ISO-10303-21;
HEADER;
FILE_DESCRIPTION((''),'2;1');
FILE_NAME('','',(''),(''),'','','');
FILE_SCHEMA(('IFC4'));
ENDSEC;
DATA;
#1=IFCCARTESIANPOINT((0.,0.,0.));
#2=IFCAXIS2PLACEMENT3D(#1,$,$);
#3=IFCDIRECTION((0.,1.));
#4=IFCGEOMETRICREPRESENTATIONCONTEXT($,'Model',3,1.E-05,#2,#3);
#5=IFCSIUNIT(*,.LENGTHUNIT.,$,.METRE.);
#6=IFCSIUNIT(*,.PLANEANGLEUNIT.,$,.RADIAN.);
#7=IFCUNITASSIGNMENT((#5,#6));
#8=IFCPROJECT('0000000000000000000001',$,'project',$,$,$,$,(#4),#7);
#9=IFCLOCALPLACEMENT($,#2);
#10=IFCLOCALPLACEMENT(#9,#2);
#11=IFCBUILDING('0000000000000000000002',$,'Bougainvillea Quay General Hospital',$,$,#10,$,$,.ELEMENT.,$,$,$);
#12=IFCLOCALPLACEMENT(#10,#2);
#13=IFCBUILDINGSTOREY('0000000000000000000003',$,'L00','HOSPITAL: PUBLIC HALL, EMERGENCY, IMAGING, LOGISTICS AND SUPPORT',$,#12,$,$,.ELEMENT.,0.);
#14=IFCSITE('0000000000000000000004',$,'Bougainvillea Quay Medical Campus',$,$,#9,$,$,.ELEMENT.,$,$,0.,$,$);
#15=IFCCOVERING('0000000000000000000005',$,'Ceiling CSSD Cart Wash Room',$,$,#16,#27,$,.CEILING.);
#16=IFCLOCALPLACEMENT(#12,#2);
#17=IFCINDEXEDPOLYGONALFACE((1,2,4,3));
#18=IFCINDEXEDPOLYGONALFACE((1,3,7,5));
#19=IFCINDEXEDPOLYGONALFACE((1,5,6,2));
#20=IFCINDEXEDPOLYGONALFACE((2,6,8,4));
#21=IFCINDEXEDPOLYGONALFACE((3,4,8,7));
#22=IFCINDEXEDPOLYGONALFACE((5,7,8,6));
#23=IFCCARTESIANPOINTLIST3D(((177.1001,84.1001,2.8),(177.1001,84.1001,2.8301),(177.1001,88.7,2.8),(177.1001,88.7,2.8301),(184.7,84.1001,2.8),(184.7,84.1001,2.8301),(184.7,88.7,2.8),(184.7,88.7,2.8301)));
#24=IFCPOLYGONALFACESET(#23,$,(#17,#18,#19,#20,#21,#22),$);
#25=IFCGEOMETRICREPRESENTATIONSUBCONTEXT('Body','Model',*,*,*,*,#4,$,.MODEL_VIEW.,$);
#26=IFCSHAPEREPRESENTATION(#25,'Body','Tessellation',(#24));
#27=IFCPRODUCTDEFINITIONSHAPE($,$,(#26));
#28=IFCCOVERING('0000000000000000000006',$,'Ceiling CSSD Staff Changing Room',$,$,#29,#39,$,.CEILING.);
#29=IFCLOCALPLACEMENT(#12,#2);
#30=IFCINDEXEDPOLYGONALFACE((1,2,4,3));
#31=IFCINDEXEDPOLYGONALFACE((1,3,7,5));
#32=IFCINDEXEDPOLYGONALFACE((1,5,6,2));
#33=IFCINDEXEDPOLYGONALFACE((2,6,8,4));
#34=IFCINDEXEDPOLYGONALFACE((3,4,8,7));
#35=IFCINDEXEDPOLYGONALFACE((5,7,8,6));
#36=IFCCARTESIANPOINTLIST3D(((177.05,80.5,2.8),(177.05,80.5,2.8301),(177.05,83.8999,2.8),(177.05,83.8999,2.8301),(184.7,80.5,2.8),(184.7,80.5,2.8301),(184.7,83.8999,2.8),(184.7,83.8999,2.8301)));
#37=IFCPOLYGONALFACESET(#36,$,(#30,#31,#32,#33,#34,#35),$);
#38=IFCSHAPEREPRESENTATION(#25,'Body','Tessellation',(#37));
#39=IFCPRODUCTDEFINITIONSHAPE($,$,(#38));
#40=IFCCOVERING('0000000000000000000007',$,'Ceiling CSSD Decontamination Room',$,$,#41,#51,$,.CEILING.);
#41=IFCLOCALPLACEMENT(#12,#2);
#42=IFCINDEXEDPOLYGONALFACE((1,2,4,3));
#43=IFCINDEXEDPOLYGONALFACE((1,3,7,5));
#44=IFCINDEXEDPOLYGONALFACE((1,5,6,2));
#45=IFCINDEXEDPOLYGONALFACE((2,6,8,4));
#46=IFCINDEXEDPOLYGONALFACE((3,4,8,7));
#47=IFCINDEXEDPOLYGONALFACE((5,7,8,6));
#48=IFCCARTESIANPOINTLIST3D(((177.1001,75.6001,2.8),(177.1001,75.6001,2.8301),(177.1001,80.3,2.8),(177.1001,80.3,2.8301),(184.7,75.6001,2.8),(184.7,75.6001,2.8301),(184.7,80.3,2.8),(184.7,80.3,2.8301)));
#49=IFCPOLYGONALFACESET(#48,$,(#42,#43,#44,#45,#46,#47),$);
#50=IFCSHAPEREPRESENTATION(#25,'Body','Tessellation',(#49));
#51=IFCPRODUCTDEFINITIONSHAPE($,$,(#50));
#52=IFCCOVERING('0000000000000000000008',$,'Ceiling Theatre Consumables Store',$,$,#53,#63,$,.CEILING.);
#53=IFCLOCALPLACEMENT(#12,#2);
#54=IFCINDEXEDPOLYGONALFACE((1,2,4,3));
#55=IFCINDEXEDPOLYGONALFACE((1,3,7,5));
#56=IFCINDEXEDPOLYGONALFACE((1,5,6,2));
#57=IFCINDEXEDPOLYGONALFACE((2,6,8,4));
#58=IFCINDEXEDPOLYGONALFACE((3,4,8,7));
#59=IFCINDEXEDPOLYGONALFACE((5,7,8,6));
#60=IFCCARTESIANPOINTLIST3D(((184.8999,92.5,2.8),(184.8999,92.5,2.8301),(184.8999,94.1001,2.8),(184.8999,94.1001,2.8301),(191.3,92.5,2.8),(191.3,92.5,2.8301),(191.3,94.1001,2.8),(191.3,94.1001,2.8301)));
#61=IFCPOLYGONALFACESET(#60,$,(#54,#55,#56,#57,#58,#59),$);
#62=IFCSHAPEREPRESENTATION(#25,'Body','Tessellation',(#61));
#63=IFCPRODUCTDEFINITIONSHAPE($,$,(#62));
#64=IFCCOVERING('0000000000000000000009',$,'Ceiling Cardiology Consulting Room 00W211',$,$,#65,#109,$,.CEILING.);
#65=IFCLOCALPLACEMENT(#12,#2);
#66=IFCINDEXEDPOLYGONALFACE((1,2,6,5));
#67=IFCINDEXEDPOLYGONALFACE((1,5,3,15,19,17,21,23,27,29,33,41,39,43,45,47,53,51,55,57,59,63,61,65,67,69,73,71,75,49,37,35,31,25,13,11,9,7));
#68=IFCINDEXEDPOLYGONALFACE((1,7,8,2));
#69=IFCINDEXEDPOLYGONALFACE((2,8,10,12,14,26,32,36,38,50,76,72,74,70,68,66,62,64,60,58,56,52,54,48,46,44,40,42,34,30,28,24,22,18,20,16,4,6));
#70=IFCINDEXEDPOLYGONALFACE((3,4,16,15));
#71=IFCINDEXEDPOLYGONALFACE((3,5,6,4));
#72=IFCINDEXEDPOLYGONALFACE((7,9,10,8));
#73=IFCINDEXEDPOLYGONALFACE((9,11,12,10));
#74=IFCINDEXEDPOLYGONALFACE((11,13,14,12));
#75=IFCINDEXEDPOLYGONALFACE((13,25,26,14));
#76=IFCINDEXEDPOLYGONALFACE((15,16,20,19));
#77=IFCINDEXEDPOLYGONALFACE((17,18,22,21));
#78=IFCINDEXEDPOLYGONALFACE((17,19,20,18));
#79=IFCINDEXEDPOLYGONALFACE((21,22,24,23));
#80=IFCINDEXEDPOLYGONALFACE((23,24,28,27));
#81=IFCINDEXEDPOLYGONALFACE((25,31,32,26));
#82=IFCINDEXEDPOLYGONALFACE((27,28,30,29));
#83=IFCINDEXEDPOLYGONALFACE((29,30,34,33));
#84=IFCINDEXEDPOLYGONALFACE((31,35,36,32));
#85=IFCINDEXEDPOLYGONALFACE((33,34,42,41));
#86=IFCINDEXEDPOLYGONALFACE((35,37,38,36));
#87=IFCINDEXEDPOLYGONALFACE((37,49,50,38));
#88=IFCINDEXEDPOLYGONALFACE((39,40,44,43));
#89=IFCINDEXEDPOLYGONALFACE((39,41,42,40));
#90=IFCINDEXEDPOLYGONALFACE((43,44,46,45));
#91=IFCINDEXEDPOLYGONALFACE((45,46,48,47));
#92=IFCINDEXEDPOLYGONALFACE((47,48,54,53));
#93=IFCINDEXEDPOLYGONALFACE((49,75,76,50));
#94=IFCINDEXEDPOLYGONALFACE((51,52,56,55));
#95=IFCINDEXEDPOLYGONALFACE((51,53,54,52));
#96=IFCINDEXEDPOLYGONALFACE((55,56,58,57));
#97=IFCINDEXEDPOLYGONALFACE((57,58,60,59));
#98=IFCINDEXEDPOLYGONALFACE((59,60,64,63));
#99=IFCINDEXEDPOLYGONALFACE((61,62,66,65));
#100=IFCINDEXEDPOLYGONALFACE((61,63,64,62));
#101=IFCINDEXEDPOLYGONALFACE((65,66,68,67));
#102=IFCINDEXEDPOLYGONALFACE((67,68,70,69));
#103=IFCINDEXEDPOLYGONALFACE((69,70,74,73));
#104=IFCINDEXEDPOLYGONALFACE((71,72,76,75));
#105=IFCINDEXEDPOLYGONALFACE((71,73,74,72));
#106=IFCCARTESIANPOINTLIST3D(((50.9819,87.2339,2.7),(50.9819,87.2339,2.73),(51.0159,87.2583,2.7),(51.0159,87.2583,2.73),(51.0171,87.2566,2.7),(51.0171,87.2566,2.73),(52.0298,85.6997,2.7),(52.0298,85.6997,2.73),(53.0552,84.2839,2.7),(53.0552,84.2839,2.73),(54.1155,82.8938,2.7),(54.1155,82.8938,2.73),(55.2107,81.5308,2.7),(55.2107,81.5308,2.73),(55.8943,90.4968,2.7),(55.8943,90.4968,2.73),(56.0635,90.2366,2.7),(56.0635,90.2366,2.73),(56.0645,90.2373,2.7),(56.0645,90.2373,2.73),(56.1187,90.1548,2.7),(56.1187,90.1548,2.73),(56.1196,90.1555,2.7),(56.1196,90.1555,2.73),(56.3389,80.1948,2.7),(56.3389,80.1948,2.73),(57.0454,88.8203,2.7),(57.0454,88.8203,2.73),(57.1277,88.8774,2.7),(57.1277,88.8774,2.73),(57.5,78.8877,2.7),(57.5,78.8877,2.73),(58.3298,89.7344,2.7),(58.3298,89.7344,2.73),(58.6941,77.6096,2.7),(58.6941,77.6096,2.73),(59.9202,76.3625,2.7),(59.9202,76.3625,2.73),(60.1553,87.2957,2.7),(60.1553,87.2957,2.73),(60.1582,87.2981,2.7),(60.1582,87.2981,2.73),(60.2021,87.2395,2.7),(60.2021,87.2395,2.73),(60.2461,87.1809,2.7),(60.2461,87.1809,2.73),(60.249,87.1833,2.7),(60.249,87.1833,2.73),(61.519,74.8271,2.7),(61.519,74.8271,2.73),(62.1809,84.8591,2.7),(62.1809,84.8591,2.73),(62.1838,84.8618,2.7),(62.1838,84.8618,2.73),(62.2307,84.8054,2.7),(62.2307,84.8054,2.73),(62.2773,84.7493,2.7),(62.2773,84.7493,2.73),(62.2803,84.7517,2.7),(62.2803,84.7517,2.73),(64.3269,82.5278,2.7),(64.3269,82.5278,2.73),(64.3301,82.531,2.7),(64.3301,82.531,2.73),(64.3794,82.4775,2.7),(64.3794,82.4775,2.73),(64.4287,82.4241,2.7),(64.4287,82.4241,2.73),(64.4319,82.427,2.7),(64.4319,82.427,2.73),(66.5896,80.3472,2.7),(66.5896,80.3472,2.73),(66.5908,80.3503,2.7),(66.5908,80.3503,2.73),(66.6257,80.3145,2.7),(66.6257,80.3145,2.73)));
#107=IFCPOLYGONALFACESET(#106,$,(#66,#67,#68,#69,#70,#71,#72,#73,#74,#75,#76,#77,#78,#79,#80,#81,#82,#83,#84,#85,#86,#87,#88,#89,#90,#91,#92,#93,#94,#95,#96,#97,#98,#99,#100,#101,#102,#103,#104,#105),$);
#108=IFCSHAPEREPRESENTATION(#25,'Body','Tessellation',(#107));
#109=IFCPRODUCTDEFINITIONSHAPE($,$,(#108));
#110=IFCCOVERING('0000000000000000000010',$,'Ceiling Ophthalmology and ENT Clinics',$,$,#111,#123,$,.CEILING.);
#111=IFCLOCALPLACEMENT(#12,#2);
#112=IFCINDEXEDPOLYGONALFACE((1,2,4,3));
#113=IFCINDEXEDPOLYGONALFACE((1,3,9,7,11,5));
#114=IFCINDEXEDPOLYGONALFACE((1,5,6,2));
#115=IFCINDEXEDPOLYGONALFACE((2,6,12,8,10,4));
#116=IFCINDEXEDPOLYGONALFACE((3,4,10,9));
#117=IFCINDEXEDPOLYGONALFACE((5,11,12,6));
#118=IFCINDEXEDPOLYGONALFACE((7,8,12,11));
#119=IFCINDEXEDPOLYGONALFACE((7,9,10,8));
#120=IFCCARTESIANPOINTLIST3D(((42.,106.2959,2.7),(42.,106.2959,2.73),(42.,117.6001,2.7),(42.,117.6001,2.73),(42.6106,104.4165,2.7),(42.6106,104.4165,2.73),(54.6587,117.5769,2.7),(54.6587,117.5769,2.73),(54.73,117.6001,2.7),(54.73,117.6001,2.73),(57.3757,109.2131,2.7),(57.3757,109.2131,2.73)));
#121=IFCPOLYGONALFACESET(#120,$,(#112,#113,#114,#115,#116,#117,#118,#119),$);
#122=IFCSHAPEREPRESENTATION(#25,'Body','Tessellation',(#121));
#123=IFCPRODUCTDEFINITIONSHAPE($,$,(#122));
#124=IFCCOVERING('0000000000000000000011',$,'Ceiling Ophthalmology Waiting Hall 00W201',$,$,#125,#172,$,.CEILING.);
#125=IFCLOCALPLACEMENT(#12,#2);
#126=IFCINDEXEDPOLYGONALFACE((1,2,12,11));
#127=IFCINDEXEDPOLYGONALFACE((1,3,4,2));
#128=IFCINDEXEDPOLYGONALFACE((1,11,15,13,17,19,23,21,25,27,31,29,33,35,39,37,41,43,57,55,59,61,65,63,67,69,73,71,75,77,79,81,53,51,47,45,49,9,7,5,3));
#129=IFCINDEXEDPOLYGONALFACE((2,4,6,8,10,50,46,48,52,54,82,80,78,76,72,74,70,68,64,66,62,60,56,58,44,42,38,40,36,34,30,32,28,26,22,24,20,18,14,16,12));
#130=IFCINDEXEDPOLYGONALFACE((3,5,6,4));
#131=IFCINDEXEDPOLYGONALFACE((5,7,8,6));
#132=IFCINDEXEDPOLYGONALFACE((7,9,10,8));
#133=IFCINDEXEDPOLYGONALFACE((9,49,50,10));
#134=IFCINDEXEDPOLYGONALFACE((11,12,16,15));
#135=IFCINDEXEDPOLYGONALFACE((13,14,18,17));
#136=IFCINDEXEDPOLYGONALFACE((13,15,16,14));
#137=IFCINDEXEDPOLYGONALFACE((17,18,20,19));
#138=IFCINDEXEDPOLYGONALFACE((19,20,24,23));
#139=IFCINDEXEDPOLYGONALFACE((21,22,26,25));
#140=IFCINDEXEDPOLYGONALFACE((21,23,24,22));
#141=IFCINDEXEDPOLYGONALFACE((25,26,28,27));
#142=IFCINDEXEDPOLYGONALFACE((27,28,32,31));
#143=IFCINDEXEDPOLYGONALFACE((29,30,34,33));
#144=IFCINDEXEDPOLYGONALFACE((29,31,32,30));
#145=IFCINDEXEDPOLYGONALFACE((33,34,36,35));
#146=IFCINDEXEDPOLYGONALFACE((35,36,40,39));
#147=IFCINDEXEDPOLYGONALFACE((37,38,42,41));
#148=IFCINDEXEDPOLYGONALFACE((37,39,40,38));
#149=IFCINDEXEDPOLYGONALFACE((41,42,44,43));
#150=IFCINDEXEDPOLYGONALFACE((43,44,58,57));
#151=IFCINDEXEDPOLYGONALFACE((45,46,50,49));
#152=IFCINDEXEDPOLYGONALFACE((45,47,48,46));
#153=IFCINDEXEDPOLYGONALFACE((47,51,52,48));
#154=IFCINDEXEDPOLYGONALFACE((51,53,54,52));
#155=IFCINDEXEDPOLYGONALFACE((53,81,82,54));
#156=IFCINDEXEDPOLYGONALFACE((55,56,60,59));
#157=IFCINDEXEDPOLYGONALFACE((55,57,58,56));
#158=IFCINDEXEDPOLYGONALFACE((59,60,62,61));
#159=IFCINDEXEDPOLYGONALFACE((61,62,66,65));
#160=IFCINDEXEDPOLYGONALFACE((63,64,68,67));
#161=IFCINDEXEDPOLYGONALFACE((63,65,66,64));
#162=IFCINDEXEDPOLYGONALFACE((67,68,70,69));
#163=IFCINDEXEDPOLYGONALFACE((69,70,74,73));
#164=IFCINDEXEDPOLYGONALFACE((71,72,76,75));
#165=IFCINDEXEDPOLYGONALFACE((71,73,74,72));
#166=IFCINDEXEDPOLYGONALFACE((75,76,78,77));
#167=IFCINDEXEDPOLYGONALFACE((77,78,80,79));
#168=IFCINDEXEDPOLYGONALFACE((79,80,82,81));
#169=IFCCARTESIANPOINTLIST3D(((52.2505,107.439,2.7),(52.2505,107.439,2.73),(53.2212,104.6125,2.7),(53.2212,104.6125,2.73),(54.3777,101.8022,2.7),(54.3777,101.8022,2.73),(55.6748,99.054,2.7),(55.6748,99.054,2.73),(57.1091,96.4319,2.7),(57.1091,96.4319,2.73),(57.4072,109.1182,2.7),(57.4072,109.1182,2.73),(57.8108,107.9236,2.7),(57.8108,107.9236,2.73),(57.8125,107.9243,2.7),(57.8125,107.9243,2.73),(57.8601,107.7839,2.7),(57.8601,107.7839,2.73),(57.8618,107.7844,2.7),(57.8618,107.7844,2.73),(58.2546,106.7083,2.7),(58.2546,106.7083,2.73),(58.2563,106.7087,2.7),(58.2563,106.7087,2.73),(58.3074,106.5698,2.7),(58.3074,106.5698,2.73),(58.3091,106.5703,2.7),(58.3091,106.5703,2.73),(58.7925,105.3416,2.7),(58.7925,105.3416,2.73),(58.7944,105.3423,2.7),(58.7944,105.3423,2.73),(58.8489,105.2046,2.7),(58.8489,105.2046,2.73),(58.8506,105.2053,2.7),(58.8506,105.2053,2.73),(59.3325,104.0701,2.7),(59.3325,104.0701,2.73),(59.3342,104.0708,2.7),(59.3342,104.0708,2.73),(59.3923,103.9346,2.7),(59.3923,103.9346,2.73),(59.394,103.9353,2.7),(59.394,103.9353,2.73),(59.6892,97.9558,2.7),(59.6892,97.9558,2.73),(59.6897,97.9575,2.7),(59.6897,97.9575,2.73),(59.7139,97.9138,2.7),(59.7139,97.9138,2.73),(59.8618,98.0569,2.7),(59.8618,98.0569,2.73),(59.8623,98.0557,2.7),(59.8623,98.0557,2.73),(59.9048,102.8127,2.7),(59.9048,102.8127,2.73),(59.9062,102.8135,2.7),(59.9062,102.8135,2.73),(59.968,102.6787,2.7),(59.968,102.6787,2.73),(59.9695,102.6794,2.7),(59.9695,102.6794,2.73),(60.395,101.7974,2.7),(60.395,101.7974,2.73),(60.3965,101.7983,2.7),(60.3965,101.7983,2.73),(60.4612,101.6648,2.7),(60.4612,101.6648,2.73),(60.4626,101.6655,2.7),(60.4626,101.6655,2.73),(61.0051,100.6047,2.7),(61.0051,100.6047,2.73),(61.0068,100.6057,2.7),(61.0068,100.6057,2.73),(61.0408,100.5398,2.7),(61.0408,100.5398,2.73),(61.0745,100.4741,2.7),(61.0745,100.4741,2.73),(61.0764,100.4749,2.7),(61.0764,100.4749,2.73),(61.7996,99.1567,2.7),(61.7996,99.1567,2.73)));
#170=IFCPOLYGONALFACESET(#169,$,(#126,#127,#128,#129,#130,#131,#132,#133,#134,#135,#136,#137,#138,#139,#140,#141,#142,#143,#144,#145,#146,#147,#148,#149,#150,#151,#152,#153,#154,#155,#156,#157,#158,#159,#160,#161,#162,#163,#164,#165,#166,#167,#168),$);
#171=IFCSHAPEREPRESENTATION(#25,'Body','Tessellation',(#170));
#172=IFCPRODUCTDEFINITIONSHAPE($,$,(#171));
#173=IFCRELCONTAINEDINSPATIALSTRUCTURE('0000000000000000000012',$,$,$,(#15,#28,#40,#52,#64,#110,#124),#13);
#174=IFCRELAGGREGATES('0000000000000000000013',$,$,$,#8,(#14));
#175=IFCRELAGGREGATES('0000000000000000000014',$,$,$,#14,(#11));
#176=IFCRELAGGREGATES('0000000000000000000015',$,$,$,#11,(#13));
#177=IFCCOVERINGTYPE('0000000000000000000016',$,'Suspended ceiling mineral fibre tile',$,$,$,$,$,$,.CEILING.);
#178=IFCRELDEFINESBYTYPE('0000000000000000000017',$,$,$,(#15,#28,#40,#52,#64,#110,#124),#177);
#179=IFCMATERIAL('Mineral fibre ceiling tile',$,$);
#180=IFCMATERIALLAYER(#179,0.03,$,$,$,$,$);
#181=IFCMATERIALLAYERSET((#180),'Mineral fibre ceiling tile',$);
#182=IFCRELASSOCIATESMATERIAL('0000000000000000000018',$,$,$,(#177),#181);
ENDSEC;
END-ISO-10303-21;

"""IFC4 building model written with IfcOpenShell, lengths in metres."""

from ifc_helpers import new_model, si_unit, direction, frame, origin, place, context, subcontext, project, spatial, polyline, outline, extrude, material, layer, layer_set, type_object, element, save


model = new_model("IFC4")

# Units and contexts
model_context = context("Model", 3, precision=1e-05, world=origin(), true_north=direction((0.0, 1.0)))
body_context = subcontext(model_context, "Body", "Model", "MODEL_VIEW")
ifc_project = project(units=[si_unit("LENGTHUNIT", "METRE"), si_unit("PLANEANGLEUNIT", "RADIAN")], contexts=[model_context])

# Site, building, storey
site_placement = place(None, origin())
site = spatial("IfcSite", under=ifc_project, at=site_placement, Name="Bougainvillea Quay Medical Campus", CompositionType="ELEMENT", RefElevation=0.0)
building_placement = place(site_placement, origin())
building = spatial("IfcBuilding", under=site, at=building_placement, Name="Bougainvillea Quay General Hospital", CompositionType="ELEMENT")
storey_placement = place(building_placement, origin())
storey = spatial("IfcBuildingStorey", under=building, at=storey_placement, Name="L00", Description="HOSPITAL: PUBLIC HALL, EMERGENCY, IMAGING, LOGISTICS AND SUPPORT", CompositionType="ELEMENT", Elevation=0.0)

# Coverings
ifc_material = material(Name="Mineral fibre ceiling tile")
ifc_layer = layer(ifc_material, 0.03)
ifc_layer_set = layer_set([ifc_layer], Name="Mineral fibre ceiling tile")
covering_type = type_object("IfcCoveringType", Name="Suspended ceiling mineral fibre tile", PredefinedType="CEILING", material=ifc_layer_set)
covering_1_placement = place(storey_placement, frame((0.0, 0.0, 2.8)))
element("IfcCovering", 1, at=covering_1_placement, inside=storey, type_object=covering_type, Name="Ceiling CSSD Cart Wash Room", PredefinedType="CEILING", context=body_context, shape_type="SweptSolid", body=[
    extrude(outline(polyline([(184.7, 84.1001), (184.7, 88.7), (177.1001, 88.7), (177.1001, 84.1001), (184.7, 84.1001)])), origin(), (0.0, 0.0, 1.0), 0.03),
])
covering_2_placement = place(storey_placement, frame((0.0, 0.0, 2.8)))
element("IfcCovering", 2, at=covering_2_placement, inside=storey, type_object=covering_type, Name="Ceiling CSSD Staff Changing Room", PredefinedType="CEILING", context=body_context, shape_type="SweptSolid", body=[
    extrude(outline(polyline([(177.05, 80.5), (184.7, 80.5), (184.7, 83.8999), (177.05, 83.8999), (177.05, 80.5)])), origin(), (0.0, 0.0, 1.0), 0.03),
])
covering_3_placement = place(storey_placement, frame((0.0, 0.0, 2.8)))
element("IfcCovering", 3, at=covering_3_placement, inside=storey, type_object=covering_type, Name="Ceiling CSSD Decontamination Room", PredefinedType="CEILING", context=body_context, shape_type="SweptSolid", body=[
    extrude(outline(polyline([(184.7, 75.6001), (184.7, 80.3), (177.1001, 80.3), (177.1001, 75.6001), (184.7, 75.6001)])), origin(), (0.0, 0.0, 1.0), 0.03),
])
covering_4_placement = place(storey_placement, frame((0.0, 0.0, 2.8)))
element("IfcCovering", 4, at=covering_4_placement, inside=storey, type_object=covering_type, Name="Ceiling Theatre Consumables Store", PredefinedType="CEILING", context=body_context, shape_type="SweptSolid", body=[
    extrude(outline(polyline([(184.8999, 92.5), (191.3, 92.5), (191.3, 94.1001), (184.8999, 94.1001), (184.8999, 92.5)])), origin(), (0.0, 0.0, 1.0), 0.03),
])
covering_5_placement = place(storey_placement, frame((0.0, 0.0, 2.7)))
element("IfcCovering", 5, at=covering_5_placement, inside=storey, type_object=covering_type, Name="Ceiling Cardiology Consulting Room 00W211", PredefinedType="CEILING", context=body_context, shape_type="SweptSolid", body=[
    extrude(outline(polyline([(64.3269, 82.5278), (64.3301, 82.531), (62.2803, 84.7517), (62.2773, 84.7493), (62.2307, 84.8054), (62.1809, 84.8591), (62.1838, 84.8618), (60.249, 87.1833), (60.2461, 87.1809), (60.2021, 87.2395), (60.1553, 87.2957), (60.1582, 87.2981), (58.3298, 89.7344), (57.1277, 88.8774), (57.0454, 88.8203), (56.1196, 90.1555), (56.1187, 90.1548), (56.0635, 90.2366), (56.0645, 90.2373), (55.8943, 90.4968), (51.0159, 87.2583), (51.0171, 87.2566), (50.9819, 87.2339), (52.0298, 85.6997), (53.0552, 84.2839), (54.1155, 82.8938), (55.2107, 81.5308), (56.3389, 80.1948), (57.5, 78.8877), (58.6941, 77.6096), (59.9202, 76.3625), (61.519, 74.8271), (66.6257, 80.3145), (66.5896, 80.3472), (66.5908, 80.3503), (64.4319, 82.427), (64.4287, 82.4241), (64.3794, 82.4775), (64.3269, 82.5278)])), origin(), (0.0, 0.0, 1.0), 0.03),
])
covering_6_placement = place(storey_placement, frame((0.0, 0.0, 2.7)))
element("IfcCovering", 6, at=covering_6_placement, inside=storey, type_object=covering_type, Name="Ceiling Ophthalmology and ENT Clinics", PredefinedType="CEILING", context=body_context, shape_type="SweptSolid", body=[
    extrude(outline(polyline([(42.6106, 104.4165), (57.3757, 109.2131), (54.6587, 117.5769), (54.73, 117.6001), (42.0, 117.6001), (42.0, 106.2959), (42.6106, 104.4165)])), origin(), (0.0, 0.0, 1.0), 0.03),
])
covering_7_placement = place(storey_placement, frame((0.0, 0.0, 2.7)))
element("IfcCovering", 7, at=covering_7_placement, inside=storey, type_object=covering_type, Name="Ceiling Ophthalmology Waiting Hall 00W201", PredefinedType="CEILING", context=body_context, shape_type="SweptSolid", body=[
    extrude(outline(polyline([(61.0764, 100.4749), (61.0745, 100.4741), (61.0408, 100.5398), (61.0051, 100.6047), (61.0068, 100.6057), (60.4626, 101.6655), (60.4612, 101.6648), (60.395, 101.7974), (60.3965, 101.7983), (59.9695, 102.6794), (59.968, 102.6787), (59.9048, 102.8127), (59.9062, 102.8135), (59.394, 103.9353), (59.3923, 103.9346), (59.3325, 104.0701), (59.3342, 104.0708), (58.8506, 105.2053), (58.8489, 105.2046), (58.7925, 105.3416), (58.7944, 105.3423), (58.3091, 106.5703), (58.3074, 106.5698), (58.2546, 106.7083), (58.2563, 106.7087), (57.8618, 107.7844), (57.8601, 107.7839), (57.8108, 107.9236), (57.8125, 107.9243), (57.4072, 109.1182), (52.2505, 107.439), (53.2212, 104.6125), (54.3777, 101.8022), (55.6748, 99.054), (57.1091, 96.4319), (59.7139, 97.9138), (59.6892, 97.9558), (59.6897, 97.9575), (59.8618, 98.0569), (59.8623, 98.0557), (61.7996, 99.1567), (61.0764, 100.4749)])), origin(), (0.0, 0.0, 1.0), 0.03),
])

save(model, "model.ifc")
